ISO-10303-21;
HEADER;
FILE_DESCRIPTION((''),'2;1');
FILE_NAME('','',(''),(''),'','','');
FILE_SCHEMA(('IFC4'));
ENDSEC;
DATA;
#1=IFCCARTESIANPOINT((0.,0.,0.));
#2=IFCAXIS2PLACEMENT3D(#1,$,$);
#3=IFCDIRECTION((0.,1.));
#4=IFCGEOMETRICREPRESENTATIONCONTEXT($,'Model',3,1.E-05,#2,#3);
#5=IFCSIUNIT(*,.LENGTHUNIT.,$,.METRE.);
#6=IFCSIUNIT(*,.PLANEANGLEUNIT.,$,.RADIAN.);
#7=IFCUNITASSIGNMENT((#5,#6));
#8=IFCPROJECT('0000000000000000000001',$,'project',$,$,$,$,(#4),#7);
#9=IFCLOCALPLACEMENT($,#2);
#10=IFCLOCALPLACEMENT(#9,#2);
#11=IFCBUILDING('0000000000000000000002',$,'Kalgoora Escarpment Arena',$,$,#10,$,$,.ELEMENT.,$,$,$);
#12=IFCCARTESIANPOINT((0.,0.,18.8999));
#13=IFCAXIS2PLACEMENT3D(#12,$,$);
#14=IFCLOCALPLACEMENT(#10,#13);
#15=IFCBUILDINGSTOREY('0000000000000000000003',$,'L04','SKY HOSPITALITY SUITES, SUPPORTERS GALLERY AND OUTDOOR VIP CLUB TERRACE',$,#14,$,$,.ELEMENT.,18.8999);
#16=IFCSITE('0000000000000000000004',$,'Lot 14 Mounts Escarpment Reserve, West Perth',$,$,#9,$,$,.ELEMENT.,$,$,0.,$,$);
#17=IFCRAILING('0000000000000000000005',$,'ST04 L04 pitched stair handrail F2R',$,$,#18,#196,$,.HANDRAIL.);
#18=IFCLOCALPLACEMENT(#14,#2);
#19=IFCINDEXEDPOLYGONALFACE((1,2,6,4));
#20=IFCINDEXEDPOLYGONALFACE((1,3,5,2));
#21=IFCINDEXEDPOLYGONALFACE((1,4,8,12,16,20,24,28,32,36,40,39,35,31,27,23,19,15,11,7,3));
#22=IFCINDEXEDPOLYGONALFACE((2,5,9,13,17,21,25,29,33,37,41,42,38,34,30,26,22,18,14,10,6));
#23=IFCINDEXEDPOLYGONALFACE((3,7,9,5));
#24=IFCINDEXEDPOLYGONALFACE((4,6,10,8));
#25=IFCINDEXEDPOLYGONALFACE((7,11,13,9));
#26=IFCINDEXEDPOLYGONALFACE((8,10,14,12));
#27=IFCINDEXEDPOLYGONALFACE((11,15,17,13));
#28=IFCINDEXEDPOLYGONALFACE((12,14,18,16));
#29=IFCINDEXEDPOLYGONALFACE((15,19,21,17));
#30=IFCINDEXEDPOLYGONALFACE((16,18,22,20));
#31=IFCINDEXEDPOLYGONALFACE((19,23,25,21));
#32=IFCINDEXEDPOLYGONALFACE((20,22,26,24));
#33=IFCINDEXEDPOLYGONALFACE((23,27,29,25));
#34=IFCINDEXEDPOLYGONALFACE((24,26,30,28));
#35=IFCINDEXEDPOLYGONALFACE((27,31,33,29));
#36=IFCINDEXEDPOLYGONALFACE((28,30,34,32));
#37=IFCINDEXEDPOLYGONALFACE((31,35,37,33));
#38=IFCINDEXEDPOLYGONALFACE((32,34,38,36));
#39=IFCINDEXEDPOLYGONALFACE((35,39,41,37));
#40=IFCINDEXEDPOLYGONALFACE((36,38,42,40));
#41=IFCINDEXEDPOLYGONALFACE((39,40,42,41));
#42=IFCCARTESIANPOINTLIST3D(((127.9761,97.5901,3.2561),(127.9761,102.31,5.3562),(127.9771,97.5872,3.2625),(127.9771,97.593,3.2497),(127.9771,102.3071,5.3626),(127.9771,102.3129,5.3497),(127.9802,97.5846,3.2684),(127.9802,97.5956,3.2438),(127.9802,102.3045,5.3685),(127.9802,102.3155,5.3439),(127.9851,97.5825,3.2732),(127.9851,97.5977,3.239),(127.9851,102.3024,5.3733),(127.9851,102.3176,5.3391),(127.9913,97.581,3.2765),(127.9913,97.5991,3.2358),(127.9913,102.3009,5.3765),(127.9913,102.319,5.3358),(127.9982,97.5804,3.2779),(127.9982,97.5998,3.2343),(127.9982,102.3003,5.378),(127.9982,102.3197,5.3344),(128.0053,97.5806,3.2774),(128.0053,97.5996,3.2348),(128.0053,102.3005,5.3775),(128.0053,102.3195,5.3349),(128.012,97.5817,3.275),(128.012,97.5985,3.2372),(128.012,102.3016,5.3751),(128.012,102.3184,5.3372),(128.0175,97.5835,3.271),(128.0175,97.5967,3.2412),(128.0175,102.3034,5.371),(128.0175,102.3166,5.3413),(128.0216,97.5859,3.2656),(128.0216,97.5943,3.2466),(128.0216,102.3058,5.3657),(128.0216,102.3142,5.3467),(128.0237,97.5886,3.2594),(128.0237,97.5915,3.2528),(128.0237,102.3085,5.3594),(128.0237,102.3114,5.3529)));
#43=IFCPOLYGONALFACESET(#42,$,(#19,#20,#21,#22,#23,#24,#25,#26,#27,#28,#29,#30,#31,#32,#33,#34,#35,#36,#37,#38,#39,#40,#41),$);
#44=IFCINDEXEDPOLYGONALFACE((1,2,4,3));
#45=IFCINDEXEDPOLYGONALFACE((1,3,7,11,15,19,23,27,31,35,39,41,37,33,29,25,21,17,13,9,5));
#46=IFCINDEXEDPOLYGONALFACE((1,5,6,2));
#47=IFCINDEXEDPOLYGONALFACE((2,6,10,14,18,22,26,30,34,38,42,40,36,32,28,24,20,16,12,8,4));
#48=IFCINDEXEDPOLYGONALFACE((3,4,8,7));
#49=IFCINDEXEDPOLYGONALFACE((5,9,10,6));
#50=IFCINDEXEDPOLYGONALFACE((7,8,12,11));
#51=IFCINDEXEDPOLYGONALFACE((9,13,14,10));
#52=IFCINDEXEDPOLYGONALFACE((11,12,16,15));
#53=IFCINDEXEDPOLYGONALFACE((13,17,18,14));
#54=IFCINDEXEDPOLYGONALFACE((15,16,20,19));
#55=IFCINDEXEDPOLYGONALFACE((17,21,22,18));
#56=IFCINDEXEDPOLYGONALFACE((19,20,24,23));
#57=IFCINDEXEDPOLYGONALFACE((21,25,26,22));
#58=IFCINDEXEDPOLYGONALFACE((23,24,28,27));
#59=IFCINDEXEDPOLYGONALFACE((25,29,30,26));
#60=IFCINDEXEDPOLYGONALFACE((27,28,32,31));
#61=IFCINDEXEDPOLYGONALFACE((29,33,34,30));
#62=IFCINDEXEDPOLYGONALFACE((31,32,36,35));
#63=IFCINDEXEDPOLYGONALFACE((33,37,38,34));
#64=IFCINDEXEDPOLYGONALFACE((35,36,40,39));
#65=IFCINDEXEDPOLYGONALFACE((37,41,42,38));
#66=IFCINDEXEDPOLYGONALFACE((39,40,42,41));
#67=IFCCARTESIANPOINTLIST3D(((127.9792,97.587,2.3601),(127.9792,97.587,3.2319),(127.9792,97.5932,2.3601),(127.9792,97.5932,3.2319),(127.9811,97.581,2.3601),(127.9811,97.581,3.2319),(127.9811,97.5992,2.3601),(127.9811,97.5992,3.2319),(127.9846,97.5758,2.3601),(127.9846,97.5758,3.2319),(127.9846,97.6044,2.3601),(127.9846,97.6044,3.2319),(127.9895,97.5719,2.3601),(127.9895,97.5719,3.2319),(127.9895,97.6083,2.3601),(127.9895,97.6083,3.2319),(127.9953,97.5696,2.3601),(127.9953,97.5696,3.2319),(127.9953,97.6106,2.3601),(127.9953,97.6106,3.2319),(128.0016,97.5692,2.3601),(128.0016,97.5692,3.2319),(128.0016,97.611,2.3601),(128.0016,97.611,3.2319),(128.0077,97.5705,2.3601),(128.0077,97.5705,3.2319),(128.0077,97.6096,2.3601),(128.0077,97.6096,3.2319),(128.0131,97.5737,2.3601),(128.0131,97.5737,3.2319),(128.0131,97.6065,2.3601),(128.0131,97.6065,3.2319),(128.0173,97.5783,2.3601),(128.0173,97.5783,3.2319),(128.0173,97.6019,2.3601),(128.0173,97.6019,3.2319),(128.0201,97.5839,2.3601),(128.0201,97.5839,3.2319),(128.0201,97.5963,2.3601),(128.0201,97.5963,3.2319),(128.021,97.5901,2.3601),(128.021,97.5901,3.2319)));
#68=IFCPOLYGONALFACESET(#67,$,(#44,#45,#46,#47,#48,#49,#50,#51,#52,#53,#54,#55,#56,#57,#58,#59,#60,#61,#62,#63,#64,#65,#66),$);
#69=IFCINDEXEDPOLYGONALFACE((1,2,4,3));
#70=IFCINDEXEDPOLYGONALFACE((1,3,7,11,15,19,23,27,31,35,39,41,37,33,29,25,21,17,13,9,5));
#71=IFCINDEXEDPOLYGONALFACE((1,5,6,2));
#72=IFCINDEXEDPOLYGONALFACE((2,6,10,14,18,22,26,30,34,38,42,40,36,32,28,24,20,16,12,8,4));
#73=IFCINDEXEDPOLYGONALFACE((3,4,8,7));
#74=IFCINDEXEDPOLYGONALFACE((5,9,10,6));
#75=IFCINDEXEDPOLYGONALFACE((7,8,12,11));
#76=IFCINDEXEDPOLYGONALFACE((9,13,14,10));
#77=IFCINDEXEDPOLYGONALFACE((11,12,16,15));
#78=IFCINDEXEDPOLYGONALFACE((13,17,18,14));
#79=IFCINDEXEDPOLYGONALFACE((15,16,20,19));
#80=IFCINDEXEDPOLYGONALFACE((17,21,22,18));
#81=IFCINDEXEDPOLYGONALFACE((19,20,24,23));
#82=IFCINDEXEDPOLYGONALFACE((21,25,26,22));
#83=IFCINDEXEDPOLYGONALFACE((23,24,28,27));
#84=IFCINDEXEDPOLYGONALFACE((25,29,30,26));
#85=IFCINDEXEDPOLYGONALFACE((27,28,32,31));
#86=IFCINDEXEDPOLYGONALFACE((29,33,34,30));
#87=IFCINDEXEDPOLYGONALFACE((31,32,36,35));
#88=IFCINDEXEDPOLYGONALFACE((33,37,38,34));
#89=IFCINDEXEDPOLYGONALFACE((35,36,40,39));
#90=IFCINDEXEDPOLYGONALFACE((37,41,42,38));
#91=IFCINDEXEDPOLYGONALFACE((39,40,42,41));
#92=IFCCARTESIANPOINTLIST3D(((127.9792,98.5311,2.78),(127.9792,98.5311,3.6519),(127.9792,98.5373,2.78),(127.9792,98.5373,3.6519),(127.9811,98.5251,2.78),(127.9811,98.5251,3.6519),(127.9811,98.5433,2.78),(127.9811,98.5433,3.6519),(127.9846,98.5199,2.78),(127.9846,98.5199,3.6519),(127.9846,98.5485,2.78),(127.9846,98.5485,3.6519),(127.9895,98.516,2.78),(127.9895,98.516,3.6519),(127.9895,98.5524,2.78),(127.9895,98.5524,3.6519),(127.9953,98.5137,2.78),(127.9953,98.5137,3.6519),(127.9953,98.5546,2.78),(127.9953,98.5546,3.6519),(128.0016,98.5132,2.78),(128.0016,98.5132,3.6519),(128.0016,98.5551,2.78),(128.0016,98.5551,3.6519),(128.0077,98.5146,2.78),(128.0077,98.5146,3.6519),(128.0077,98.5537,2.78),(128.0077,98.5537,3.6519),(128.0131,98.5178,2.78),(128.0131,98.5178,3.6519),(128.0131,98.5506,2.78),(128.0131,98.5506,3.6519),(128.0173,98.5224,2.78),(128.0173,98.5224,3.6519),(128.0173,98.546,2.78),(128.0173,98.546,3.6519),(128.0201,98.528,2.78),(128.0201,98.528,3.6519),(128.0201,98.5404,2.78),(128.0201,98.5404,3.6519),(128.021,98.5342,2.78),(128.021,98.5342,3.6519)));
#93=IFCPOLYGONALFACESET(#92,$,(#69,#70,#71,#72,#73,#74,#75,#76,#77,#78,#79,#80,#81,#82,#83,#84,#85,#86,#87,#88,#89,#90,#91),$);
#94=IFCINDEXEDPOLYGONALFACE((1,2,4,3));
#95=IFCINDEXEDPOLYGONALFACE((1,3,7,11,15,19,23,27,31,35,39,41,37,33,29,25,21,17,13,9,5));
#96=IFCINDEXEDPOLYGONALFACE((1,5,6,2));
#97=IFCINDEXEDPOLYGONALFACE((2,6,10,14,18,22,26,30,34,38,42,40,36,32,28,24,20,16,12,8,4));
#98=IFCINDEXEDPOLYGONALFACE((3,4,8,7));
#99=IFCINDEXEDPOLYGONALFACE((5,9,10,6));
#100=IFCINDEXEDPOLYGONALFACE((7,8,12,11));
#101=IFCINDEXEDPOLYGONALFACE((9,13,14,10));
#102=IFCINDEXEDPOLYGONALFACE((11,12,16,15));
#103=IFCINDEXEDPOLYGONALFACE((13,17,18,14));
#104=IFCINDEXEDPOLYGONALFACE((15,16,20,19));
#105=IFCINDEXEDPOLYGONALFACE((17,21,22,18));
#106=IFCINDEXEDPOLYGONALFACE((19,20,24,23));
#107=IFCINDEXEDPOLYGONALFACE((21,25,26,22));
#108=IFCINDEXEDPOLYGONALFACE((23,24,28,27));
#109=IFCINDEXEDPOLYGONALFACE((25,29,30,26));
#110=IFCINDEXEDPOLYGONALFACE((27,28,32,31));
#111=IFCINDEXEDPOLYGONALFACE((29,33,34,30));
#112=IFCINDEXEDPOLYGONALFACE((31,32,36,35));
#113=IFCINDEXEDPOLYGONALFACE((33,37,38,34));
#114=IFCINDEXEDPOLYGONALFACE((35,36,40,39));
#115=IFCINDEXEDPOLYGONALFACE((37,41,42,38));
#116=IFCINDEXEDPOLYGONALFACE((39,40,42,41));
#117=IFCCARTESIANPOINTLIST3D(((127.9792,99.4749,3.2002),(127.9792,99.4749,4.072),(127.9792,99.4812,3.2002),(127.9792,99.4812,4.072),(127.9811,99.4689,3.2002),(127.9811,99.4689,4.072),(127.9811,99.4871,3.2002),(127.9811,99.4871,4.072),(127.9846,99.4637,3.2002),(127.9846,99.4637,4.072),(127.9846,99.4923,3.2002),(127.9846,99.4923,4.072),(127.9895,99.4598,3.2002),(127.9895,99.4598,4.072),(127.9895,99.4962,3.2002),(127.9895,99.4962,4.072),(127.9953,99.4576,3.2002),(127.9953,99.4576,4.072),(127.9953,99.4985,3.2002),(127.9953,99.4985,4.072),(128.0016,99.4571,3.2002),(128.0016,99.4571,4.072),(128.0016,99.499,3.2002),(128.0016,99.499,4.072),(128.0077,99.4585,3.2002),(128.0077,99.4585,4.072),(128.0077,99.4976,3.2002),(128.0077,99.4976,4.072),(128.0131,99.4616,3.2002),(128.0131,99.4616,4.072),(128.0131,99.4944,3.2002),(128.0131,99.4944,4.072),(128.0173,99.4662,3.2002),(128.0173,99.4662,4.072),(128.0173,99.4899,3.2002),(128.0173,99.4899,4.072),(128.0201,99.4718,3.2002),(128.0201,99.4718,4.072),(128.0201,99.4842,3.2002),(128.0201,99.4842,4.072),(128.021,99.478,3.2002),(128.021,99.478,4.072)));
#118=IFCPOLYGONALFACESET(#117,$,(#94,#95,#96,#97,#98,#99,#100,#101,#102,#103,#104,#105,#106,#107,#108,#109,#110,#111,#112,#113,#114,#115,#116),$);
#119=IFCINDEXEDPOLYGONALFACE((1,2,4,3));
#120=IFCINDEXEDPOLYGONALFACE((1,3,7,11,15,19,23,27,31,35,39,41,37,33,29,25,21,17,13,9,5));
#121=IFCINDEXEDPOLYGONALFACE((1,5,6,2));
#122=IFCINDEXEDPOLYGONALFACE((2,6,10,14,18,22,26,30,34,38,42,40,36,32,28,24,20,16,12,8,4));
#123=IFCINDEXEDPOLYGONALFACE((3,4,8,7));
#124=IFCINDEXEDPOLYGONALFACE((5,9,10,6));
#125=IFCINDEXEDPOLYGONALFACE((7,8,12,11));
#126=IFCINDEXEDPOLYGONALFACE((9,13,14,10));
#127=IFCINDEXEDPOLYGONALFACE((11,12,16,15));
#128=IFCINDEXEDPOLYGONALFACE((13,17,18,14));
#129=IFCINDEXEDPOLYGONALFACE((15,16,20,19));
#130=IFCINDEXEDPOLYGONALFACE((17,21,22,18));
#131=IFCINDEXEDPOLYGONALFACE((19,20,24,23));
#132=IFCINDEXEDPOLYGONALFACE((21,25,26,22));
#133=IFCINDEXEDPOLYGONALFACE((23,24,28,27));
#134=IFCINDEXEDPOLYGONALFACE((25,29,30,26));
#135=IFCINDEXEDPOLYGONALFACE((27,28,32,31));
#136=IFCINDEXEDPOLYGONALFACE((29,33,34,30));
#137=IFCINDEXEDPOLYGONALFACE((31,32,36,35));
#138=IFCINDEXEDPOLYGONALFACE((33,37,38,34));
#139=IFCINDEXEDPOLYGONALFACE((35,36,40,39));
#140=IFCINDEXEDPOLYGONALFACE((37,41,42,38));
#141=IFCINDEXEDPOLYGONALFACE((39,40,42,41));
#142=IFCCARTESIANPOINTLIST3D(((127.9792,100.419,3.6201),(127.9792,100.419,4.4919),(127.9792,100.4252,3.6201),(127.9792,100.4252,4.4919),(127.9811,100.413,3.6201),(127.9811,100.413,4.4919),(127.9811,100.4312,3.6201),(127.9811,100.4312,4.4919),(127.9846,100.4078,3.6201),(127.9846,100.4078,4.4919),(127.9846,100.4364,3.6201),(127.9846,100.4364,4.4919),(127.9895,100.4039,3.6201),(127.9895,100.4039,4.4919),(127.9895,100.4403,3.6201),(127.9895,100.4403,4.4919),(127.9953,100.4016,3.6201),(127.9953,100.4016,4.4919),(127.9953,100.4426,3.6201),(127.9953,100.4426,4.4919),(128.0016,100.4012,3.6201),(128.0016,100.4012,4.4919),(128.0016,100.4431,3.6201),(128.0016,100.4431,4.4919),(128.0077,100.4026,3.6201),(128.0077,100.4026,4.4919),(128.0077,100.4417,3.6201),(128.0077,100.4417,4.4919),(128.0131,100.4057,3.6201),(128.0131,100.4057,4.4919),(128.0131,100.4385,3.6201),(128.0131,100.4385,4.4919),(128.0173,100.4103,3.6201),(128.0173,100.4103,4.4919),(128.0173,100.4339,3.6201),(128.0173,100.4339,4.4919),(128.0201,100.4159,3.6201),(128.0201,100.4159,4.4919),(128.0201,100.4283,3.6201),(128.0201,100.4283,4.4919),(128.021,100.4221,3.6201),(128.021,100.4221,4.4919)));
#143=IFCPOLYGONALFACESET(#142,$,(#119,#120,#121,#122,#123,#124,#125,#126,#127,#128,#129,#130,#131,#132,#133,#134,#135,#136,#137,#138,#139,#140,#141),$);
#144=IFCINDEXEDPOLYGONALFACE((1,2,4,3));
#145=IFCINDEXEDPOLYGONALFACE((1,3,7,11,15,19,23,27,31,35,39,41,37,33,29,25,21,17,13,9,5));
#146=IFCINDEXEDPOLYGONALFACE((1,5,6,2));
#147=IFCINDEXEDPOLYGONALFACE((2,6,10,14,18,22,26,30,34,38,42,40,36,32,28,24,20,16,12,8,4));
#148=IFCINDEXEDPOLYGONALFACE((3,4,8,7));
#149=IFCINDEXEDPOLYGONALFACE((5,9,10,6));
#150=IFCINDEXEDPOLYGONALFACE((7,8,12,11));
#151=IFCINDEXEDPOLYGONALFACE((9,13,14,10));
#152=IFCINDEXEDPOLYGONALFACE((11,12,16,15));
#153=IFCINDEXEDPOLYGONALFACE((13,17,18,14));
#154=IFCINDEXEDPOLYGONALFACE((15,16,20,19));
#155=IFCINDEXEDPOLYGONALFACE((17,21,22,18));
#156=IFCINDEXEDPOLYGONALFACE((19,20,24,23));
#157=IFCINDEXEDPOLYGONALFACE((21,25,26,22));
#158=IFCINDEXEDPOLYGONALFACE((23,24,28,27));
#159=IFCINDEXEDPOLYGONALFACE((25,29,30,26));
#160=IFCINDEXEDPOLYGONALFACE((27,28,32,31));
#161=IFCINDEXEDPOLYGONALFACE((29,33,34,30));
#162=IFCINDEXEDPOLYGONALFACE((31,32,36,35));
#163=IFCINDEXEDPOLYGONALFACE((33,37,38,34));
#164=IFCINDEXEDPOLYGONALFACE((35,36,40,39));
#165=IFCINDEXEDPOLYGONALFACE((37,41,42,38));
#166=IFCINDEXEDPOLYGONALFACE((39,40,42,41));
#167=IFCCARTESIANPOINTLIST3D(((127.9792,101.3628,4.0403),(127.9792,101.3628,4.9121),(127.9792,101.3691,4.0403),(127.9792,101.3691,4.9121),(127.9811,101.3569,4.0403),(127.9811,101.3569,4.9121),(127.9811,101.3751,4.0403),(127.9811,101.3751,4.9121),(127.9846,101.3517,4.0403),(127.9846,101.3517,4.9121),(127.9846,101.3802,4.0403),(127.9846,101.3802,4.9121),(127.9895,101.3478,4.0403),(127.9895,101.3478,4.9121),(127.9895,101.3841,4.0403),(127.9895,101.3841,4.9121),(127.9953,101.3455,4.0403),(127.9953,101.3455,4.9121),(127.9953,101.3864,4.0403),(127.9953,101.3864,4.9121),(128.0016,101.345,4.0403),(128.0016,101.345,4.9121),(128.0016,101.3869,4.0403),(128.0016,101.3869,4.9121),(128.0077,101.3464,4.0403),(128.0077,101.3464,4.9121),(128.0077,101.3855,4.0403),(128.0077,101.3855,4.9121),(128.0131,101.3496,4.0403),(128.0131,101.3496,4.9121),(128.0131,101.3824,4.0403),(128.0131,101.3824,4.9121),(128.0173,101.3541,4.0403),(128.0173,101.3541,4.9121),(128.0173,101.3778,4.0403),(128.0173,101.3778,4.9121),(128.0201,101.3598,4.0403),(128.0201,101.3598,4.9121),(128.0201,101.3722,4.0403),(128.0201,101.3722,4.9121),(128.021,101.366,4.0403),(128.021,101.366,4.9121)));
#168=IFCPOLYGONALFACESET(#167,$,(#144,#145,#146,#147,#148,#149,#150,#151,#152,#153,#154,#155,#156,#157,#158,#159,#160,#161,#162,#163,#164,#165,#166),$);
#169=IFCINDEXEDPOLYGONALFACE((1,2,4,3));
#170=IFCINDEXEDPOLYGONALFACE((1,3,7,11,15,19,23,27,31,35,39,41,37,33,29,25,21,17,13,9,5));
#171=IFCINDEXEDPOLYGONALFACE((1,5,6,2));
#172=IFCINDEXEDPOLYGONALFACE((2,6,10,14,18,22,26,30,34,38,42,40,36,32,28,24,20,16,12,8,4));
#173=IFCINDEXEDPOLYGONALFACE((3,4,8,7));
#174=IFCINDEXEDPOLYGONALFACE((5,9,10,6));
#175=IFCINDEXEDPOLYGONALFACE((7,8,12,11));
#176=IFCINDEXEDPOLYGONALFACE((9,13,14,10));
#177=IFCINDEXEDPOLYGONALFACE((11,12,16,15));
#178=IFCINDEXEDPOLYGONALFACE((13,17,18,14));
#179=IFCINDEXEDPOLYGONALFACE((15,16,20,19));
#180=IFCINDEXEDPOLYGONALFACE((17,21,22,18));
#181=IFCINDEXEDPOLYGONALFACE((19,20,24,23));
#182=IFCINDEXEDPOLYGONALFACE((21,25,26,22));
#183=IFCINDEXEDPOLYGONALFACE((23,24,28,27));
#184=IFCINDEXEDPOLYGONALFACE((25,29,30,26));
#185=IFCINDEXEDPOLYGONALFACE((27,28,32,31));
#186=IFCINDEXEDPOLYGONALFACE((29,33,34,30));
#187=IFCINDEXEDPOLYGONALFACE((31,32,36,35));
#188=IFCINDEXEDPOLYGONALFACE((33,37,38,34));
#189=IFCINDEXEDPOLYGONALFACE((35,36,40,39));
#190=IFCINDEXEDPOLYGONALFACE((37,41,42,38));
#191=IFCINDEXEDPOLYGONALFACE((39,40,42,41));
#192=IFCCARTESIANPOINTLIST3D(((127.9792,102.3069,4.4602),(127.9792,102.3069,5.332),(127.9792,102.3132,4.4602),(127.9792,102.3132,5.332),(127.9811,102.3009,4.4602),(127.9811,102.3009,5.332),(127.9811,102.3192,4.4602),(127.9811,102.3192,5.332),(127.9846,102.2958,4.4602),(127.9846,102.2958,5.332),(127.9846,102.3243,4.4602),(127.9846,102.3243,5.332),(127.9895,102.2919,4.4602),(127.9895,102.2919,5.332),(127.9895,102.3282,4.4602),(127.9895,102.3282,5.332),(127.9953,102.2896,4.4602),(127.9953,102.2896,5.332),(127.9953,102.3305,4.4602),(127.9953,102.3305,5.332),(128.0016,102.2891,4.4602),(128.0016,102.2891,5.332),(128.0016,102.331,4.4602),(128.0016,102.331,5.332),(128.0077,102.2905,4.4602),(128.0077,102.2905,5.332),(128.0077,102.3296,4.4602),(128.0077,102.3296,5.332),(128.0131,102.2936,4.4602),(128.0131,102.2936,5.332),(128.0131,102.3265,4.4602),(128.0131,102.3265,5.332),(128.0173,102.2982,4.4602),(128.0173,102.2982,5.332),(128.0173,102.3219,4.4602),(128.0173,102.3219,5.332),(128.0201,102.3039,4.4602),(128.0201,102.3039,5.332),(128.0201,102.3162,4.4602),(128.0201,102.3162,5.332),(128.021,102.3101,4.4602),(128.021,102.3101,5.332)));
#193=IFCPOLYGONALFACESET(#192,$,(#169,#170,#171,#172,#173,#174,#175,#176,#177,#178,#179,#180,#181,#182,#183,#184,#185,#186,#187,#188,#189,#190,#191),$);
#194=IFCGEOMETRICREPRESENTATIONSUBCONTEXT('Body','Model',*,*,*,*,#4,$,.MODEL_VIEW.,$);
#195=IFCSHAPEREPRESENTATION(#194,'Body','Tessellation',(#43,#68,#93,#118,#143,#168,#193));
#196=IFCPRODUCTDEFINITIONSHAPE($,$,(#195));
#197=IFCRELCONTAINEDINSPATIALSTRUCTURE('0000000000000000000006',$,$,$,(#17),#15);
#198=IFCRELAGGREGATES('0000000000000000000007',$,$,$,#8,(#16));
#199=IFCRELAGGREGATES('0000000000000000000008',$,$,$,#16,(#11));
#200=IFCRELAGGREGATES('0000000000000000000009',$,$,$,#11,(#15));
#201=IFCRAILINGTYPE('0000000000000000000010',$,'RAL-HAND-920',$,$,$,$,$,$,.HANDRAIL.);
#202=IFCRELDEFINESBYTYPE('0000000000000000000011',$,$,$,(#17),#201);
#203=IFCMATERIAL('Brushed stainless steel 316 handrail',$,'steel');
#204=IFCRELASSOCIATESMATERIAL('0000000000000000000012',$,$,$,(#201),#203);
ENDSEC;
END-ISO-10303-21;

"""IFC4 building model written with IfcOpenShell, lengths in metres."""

from ifc_helpers import new_model, si_unit, direction, frame, origin, origin_2d, place, context, subcontext, project, spatial, circle, extrude, material, type_object, element, save


model = new_model("IFC4")

# Units and contexts
model_context = context("Model", 3, precision=1e-05, world=origin(), true_north=direction((0.0, 1.0)))
body_context = subcontext(model_context, "Body", "Model", "MODEL_VIEW")
ifc_project = project(units=[si_unit("LENGTHUNIT", "METRE"), si_unit("PLANEANGLEUNIT", "RADIAN")], contexts=[model_context])

# Site, building, storey
site_placement = place(None, origin())
site = spatial("IfcSite", under=ifc_project, at=site_placement, Name="Lot 14 Mounts Escarpment Reserve, West Perth", CompositionType="ELEMENT", RefElevation=0.0)
building_placement = place(site_placement, origin())
building = spatial("IfcBuilding", under=site, at=building_placement, Name="Kalgoora Escarpment Arena", CompositionType="ELEMENT")
storey_placement = place(building_placement, frame((0.0, 0.0, 18.8999)))
storey = spatial("IfcBuildingStorey", under=building, at=storey_placement, Name="L04", Description="SKY HOSPITALITY SUITES, SUPPORTERS GALLERY AND OUTDOOR VIP CLUB TERRACE", CompositionType="ELEMENT", Elevation=18.8999)

# Railing
ifc_material_1 = material(Name="Brushed stainless steel 316 handrail", Category="steel")
railing_type_1 = type_object("IfcRailingType", Name="RAL-HAND-920", PredefinedType="HANDRAIL", material=ifc_material_1)
for number, where, name in (
    (1, (128.0, 97.5901, 2.3601), "ST04 L04 pitched stair handrail F2R"),
):
    element("IfcRailing", number, at=place(storey_placement, frame(where)), inside=storey, type_object=railing_type_1, Name=name, PredefinedType="HANDRAIL", context=body_context, shape_type="SweptSolid", body=[
        extrude(circle(Radius=0.0239, at=origin_2d()), frame((0.0, 0.0, 0.896), z_axis=(0.0, 0.913644, 0.406516), x_axis=(-1.0, 0.0, 0.0)), (0.0, 0.0, 1.0), 5.166),
        extrude(circle(Radius=0.021, at=origin_2d()), origin(), (0.0, 0.0, 1.0), 0.8718),
        extrude(circle(Radius=0.021, at=origin_2d()), frame((0.0, 0.9441, 0.4199)), (0.0, 0.0, 1.0), 0.8718),
        extrude(circle(Radius=0.021, at=origin_2d()), frame((0.0, 1.8879, 0.8401)), (0.0, 0.0, 1.0), 0.8718),
        extrude(circle(Radius=0.021, at=origin_2d()), frame((0.0, 2.832, 1.26)), (0.0, 0.0, 1.0), 0.8718),
        extrude(circle(Radius=0.021, at=origin_2d()), frame((0.0, 3.7759, 1.6802)), (0.0, 0.0, 1.0), 0.8718),
        extrude(circle(Radius=0.021, at=origin_2d()), frame((0.0, 4.72, 2.1001)), (0.0, 0.0, 1.0), 0.8718),
    ])

save(model, "model.ifc")
